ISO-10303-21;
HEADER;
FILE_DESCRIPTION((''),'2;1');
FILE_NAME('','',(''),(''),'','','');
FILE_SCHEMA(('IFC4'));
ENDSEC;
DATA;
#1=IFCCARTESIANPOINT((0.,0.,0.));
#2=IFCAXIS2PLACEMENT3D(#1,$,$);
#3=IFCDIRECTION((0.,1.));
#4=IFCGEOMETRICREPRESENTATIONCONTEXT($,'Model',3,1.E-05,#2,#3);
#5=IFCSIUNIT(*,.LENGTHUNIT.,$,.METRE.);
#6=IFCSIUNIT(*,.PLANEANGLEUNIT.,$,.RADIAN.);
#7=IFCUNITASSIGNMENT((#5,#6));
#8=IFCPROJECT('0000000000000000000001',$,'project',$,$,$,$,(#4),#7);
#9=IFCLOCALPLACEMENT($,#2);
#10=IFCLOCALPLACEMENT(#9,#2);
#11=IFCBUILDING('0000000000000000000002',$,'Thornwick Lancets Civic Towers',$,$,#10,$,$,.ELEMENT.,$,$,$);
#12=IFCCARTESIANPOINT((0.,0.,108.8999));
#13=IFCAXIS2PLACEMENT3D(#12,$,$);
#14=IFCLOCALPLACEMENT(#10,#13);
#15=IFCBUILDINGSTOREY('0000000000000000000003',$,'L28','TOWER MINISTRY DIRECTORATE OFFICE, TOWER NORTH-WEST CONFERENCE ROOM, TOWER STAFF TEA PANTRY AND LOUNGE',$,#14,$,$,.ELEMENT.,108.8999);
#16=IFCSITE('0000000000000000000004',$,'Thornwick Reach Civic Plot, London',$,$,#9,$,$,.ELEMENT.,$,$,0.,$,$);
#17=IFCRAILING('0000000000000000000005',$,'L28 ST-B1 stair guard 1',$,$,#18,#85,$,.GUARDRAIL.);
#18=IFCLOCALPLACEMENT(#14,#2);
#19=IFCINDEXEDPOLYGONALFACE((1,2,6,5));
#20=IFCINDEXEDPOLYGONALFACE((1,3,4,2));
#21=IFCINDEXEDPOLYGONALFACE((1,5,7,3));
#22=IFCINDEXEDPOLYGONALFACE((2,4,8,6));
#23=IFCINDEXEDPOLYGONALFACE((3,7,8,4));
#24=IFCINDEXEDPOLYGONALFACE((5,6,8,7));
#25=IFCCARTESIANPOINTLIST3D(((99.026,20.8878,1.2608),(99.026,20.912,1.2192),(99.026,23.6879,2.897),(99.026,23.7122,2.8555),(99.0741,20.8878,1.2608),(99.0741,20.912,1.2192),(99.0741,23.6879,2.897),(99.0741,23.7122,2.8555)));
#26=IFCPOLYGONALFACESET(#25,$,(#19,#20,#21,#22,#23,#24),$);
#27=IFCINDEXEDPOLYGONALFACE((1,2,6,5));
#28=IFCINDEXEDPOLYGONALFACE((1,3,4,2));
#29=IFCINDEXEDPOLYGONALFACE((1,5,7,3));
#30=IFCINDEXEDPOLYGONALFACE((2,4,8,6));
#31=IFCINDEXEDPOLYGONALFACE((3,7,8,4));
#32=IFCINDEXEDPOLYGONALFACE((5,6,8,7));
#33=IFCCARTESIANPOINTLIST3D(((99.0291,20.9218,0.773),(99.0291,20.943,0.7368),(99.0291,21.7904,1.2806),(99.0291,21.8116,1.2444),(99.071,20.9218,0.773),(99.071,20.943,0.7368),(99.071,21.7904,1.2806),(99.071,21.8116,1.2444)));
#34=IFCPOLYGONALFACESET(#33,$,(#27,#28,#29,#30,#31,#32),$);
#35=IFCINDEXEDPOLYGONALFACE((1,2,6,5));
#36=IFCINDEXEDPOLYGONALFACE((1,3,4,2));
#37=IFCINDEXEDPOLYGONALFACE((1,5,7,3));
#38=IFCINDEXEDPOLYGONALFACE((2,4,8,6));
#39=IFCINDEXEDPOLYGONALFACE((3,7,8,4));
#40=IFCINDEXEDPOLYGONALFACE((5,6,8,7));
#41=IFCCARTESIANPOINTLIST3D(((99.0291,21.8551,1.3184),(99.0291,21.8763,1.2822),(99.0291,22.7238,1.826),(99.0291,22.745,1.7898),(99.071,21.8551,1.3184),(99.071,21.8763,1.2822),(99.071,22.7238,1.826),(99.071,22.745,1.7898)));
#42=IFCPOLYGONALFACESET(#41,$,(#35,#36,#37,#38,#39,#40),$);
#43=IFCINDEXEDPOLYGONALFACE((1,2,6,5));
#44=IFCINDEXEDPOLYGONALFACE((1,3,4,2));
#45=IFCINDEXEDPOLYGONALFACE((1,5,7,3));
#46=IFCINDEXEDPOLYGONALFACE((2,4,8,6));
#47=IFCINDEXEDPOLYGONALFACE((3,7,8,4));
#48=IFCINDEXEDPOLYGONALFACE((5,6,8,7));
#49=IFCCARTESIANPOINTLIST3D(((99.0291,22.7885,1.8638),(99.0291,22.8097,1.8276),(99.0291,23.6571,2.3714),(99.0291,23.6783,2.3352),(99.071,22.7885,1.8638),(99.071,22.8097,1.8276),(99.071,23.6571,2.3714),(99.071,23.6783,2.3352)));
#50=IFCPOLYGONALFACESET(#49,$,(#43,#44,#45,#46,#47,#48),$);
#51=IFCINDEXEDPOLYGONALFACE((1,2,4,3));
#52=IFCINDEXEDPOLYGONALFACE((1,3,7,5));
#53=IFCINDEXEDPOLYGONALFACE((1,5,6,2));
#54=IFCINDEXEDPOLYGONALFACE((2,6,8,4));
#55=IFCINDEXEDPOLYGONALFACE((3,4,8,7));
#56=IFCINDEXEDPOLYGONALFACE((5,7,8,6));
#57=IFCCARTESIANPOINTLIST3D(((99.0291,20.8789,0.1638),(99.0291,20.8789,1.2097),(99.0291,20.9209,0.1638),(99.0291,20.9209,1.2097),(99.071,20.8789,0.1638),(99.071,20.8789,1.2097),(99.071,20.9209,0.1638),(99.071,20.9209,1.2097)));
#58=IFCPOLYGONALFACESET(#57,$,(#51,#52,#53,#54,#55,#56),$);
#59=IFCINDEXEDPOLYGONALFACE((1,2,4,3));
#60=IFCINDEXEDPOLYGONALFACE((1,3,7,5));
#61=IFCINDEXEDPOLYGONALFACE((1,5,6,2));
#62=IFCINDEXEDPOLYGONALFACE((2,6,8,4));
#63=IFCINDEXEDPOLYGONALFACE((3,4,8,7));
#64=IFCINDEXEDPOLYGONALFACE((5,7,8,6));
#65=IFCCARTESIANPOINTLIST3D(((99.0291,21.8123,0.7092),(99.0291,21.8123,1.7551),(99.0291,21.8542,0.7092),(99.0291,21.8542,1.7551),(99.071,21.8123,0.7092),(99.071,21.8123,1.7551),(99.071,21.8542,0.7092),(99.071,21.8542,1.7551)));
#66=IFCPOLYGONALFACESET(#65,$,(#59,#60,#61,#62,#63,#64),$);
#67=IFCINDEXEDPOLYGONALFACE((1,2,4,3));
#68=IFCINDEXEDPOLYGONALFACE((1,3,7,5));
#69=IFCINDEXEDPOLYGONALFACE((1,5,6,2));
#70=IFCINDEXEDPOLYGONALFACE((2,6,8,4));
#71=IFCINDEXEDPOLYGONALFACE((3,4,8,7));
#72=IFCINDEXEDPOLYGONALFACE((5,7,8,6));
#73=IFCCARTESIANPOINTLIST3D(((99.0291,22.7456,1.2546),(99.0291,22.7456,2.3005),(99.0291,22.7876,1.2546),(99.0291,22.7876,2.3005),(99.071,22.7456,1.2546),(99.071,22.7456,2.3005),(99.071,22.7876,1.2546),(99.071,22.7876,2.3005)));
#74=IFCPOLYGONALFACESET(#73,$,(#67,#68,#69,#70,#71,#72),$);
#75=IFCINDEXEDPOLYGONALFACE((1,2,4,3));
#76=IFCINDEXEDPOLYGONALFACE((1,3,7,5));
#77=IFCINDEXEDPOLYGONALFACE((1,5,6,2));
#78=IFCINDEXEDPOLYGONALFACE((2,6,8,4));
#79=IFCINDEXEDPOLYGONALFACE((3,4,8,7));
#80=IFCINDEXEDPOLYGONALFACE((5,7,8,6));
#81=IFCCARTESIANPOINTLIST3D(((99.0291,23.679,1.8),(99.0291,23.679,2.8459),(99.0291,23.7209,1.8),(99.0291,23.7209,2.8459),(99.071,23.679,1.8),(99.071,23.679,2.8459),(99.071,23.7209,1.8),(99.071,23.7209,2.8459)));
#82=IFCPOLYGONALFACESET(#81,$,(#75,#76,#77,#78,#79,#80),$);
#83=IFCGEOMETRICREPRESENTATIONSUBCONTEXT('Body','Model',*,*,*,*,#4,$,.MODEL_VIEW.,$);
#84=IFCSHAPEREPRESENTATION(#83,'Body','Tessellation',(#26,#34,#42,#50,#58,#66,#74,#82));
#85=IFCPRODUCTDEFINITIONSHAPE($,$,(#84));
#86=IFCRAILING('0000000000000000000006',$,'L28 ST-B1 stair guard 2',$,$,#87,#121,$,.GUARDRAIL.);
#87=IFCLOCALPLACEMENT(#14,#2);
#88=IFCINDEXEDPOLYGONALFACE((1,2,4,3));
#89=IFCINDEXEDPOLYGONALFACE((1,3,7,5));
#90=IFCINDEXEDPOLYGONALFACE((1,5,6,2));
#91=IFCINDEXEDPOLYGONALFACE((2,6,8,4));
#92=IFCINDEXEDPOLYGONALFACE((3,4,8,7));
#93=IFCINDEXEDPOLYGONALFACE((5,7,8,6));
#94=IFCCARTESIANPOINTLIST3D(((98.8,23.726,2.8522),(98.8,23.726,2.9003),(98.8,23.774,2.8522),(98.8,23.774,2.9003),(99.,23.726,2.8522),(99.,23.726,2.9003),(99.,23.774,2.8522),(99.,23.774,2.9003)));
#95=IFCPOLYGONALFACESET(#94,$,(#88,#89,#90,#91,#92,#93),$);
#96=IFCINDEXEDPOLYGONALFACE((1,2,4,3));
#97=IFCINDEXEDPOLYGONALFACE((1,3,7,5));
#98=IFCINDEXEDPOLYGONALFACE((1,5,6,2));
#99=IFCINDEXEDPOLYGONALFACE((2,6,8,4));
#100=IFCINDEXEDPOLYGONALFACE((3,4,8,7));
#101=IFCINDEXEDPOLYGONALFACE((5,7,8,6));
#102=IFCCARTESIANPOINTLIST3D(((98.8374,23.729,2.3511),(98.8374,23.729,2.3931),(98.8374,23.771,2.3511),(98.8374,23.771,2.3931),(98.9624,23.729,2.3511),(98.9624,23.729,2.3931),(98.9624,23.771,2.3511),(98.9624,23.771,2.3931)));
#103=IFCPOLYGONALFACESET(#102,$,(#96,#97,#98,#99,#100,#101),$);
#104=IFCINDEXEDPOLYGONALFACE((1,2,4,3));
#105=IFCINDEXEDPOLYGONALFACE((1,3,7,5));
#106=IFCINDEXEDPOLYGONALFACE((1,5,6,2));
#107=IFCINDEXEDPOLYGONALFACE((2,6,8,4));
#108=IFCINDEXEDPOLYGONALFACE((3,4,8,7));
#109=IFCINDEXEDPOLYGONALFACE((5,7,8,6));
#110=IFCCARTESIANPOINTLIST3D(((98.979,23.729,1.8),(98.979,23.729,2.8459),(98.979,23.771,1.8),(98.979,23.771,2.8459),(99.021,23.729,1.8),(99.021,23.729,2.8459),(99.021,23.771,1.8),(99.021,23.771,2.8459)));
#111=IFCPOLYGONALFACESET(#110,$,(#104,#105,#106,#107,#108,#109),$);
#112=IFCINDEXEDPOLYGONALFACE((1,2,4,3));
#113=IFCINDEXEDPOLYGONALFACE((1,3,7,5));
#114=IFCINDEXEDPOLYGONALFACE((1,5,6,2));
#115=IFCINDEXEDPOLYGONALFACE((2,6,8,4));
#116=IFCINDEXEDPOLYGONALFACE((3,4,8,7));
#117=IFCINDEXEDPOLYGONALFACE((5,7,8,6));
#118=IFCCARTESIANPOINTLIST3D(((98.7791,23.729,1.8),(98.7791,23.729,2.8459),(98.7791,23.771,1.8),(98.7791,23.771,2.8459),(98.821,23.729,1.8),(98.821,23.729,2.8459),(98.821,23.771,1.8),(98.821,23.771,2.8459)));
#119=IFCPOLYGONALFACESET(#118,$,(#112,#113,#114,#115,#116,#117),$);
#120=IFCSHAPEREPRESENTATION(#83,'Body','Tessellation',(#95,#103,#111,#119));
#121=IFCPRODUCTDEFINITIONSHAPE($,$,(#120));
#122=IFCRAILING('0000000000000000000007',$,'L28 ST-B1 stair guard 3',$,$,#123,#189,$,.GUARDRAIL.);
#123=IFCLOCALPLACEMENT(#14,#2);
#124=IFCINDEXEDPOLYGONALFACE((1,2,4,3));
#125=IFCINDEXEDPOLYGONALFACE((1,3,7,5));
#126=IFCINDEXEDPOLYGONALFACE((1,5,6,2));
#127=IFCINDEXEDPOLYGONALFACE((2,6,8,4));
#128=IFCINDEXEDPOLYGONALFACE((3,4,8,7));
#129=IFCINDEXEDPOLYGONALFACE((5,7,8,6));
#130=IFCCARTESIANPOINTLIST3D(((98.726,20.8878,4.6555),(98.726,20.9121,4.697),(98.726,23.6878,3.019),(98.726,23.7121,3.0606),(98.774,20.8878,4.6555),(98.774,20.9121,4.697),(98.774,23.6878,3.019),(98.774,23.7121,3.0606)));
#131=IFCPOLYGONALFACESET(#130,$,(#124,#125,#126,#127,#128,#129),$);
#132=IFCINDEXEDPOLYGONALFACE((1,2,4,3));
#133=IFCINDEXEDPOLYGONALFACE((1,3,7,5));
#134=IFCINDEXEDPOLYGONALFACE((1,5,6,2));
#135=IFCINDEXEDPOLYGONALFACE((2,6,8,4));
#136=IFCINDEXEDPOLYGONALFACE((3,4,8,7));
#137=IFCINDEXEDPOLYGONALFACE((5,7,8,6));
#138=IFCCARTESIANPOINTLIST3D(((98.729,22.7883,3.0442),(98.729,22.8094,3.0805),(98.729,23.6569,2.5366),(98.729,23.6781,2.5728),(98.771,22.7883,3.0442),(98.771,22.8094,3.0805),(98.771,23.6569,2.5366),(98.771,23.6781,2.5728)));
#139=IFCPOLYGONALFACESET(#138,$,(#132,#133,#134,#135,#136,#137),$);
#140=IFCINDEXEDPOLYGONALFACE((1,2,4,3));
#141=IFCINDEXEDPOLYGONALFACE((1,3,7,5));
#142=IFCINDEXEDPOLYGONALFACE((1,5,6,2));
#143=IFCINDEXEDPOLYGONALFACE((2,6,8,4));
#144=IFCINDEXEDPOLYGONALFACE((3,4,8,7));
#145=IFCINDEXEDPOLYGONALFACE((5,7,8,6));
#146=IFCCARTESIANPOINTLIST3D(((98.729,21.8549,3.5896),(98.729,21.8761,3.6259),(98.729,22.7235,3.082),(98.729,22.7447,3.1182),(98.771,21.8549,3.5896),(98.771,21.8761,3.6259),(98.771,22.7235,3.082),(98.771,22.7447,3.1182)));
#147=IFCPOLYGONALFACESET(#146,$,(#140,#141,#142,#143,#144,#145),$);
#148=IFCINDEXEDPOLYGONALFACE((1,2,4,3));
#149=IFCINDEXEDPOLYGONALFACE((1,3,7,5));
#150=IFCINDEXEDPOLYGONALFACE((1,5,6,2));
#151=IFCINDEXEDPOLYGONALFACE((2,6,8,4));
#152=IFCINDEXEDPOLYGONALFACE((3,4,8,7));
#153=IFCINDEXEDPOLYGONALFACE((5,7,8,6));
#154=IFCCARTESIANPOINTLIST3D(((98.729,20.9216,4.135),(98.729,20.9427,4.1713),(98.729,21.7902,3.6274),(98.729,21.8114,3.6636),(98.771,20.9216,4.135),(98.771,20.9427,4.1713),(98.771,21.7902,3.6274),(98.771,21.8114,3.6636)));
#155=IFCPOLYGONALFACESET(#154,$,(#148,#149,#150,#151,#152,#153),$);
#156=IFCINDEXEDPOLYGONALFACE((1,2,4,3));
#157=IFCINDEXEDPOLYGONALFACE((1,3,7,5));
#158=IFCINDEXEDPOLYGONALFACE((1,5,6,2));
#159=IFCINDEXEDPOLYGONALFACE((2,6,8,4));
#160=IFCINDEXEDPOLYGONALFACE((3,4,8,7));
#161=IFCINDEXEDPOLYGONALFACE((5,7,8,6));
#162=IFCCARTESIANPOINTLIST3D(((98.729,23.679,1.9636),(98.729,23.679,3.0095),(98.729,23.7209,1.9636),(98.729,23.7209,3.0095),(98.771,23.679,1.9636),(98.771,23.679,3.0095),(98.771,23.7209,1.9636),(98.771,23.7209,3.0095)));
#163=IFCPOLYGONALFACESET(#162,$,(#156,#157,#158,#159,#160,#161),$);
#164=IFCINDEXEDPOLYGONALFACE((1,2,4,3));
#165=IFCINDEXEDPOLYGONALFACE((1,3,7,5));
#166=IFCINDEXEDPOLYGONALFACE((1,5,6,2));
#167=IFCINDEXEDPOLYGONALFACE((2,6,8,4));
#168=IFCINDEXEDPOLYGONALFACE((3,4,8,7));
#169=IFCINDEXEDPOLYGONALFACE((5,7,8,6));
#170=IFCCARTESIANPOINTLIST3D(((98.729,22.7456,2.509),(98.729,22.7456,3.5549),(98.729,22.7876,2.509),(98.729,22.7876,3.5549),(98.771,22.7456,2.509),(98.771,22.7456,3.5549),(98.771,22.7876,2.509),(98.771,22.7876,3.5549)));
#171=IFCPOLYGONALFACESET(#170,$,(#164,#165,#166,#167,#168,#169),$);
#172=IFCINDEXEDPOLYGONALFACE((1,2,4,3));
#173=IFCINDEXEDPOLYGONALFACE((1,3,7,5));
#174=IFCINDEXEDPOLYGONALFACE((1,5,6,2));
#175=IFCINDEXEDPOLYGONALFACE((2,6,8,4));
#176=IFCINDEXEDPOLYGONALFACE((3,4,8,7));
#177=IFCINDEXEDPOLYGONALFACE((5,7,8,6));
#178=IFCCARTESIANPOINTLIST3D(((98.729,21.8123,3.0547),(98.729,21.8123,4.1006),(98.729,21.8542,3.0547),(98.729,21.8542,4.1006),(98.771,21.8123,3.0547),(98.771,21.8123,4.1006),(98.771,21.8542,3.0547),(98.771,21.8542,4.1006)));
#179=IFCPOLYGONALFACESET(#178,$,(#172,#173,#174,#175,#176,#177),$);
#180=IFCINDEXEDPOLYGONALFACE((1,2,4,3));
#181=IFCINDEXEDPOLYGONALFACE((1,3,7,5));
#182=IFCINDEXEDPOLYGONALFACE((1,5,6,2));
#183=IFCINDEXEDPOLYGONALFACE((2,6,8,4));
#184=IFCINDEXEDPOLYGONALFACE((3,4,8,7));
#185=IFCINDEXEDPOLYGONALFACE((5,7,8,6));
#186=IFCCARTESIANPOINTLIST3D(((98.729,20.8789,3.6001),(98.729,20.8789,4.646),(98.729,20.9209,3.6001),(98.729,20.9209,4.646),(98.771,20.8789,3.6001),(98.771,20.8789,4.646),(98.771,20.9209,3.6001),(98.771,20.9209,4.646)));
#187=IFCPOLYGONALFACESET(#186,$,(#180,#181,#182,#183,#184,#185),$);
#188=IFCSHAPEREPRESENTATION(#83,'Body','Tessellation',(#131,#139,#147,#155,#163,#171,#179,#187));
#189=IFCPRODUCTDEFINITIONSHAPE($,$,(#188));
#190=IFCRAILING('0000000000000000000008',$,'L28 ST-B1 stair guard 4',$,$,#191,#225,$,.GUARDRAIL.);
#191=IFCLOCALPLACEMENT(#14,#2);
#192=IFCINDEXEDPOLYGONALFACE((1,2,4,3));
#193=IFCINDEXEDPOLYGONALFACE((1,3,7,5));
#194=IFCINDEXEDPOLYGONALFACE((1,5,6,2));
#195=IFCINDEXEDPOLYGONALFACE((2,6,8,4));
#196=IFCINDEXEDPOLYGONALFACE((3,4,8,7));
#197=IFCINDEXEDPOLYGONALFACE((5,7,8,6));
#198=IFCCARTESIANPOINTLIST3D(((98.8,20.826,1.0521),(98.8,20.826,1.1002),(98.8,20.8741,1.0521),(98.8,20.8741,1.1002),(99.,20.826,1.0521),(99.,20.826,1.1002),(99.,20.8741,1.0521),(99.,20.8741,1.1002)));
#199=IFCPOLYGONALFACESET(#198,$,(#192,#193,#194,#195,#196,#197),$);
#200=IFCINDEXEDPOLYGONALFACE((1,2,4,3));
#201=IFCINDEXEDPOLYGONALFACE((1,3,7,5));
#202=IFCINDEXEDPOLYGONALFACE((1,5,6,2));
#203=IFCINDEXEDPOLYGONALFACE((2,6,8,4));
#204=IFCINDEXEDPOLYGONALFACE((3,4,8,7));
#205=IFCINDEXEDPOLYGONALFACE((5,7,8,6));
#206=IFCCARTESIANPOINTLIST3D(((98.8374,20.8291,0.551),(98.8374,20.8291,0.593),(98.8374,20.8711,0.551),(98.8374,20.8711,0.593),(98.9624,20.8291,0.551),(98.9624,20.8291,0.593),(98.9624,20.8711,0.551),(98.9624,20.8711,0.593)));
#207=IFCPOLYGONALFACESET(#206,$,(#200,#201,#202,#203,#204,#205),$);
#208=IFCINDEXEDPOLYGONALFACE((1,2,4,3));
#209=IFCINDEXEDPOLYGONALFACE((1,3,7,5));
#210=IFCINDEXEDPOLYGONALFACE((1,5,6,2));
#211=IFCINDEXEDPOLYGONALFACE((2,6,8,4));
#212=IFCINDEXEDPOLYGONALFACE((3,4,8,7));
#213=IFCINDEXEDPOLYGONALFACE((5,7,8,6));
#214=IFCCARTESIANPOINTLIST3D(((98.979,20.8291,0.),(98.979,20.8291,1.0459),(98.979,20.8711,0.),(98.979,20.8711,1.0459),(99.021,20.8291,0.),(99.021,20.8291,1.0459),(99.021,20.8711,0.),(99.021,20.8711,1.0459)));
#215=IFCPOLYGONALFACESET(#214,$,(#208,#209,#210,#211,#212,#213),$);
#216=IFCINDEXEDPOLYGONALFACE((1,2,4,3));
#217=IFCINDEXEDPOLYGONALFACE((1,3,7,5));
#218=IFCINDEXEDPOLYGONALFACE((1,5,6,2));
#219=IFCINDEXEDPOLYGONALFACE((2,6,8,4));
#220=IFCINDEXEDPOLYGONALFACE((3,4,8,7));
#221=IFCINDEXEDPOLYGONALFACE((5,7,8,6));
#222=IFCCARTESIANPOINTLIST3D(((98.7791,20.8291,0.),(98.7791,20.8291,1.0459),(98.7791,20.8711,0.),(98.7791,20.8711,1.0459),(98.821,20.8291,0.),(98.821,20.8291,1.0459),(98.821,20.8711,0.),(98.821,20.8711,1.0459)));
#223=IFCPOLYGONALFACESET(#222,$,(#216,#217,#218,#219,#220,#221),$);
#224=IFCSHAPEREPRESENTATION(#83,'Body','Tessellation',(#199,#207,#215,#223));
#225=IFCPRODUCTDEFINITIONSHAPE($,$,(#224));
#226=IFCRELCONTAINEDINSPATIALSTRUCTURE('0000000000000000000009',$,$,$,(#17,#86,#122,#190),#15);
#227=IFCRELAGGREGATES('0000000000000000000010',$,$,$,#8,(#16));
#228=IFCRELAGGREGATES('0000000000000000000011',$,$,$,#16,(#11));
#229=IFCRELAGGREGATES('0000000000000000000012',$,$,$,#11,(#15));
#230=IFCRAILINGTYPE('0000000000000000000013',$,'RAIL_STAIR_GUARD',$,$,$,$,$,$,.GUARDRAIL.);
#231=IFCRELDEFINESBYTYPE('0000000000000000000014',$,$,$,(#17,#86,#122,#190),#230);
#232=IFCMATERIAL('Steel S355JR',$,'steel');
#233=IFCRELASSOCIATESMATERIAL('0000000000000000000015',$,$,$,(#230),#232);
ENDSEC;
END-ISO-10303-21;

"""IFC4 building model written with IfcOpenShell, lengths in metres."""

from ifc_helpers import new_model, si_unit, direction, frame, origin, origin_2d, place, context, subcontext, project, spatial, rectangle, extrude, material, type_object, element, save


model = new_model("IFC4")

# Units and contexts
model_context = context("Model", 3, precision=1e-05, world=origin(), true_north=direction((0.0, 1.0)))
body_context = subcontext(model_context, "Body", "Model", "MODEL_VIEW")
ifc_project = project(units=[si_unit("LENGTHUNIT", "METRE"), si_unit("PLANEANGLEUNIT", "RADIAN")], contexts=[model_context])

# Site, building, storey
site_placement = place(None, origin())
site = spatial("IfcSite", under=ifc_project, at=site_placement, Name="Thornwick Reach Civic Plot, London", CompositionType="ELEMENT", RefElevation=0.0)
building_placement = place(site_placement, origin())
building = spatial("IfcBuilding", under=site, at=building_placement, Name="Thornwick Lancets Civic Towers", CompositionType="ELEMENT")
storey_placement = place(building_placement, frame((0.0, 0.0, 108.8999)))
storey = spatial("IfcBuildingStorey", under=building, at=storey_placement, Name="L28", Description="TOWER MINISTRY DIRECTORATE OFFICE, TOWER NORTH-WEST CONFERENCE ROOM, TOWER STAFF TEA PANTRY AND LOUNGE", CompositionType="ELEMENT", Elevation=108.8999)

# Railings
ifc_material_1 = material(Name="Steel S355JR", Category="steel")
railing_type_1 = type_object("IfcRailingType", Name="RAIL_STAIR_GUARD", PredefinedType="GUARDRAIL", material=ifc_material_1)
railing_1_placement = place(storey_placement, frame((99.05, 20.8999, 0.1638)))
element("IfcRailing", 1, at=railing_1_placement, inside=storey, type_object=railing_type_1, Name="L28 ST-B1 stair guard 1", PredefinedType="GUARDRAIL", context=body_context, shape_type="SweptSolid", body=[
    extrude(rectangle(XDim=0.0481, YDim=0.0481, at=origin_2d()), frame((0.0, 0.0, 1.0762), z_axis=(0.0, 0.863394, 0.504531), x_axis=(-1.0, 0.0, 0.0)), (0.0, 0.0, 1.0), 3.2432),
    extrude(rectangle(XDim=0.042, YDim=0.042, at=origin_2d()), frame((0.0, 0.0325, 0.5911), z_axis=(0.0, 0.863394, 0.504531), x_axis=(-1.0, 0.0, 0.0)), (0.0, 0.0, 1.0), 1.0061),
    extrude(rectangle(XDim=0.042, YDim=0.042, at=origin_2d()), frame((0.0, 0.9658, 1.1365), z_axis=(0.0, 0.863394, 0.504531), x_axis=(-1.0, 0.0, 0.0)), (0.0, 0.0, 1.0), 1.0061),
    extrude(rectangle(XDim=0.042, YDim=0.042, at=origin_2d()), frame((0.0, 1.8992, 1.6819), z_axis=(0.0, 0.863394, 0.504531), x_axis=(-1.0, 0.0, 0.0)), (0.0, 0.0, 1.0), 1.0061),
    extrude(rectangle(XDim=0.042, YDim=0.042, at=origin_2d()), origin(), (0.0, 0.0, 1.0), 1.0459),
    extrude(rectangle(XDim=0.042, YDim=0.042, at=origin_2d()), frame((0.0, 0.9333, 0.5454)), (0.0, 0.0, 1.0), 1.0459),
    extrude(rectangle(XDim=0.042, YDim=0.042, at=origin_2d()), frame((0.0, 1.8667, 1.0908)), (0.0, 0.0, 1.0), 1.0459),
    extrude(rectangle(XDim=0.042, YDim=0.042, at=origin_2d()), frame((0.0, 2.8, 1.6362)), (0.0, 0.0, 1.0), 1.0459),
])
railing_2_placement = place(storey_placement, frame((99.0, 23.75, 1.8)))
element("IfcRailing", 2, at=railing_2_placement, inside=storey, type_object=railing_type_1, Name="L28 ST-B1 stair guard 2", PredefinedType="GUARDRAIL", context=body_context, shape_type="SweptSolid", body=[
    extrude(rectangle(XDim=0.0481, YDim=0.0481, at=origin_2d()), frame((0.0, 0.0, 1.0762), z_axis=(-1.0, 0.0, 0.0), x_axis=(0.0, -1.0, 0.0)), (0.0, 0.0, 1.0), 0.2),
    extrude(rectangle(XDim=0.042, YDim=0.042, at=origin_2d()), frame((-0.0376, 0.0, 0.572), z_axis=(-1.0, 0.0, 0.0), x_axis=(0.0, -1.0, 0.0)), (0.0, 0.0, 1.0), 0.125),
    extrude(rectangle(XDim=0.042, YDim=0.042, at=origin_2d()), origin(), (0.0, 0.0, 1.0), 1.0459),
    extrude(rectangle(XDim=0.042, YDim=0.042, at=origin_2d()), frame((-0.2, 0.0, 0.0)), (0.0, 0.0, 1.0), 1.0459),
])
railing_3_placement = place(storey_placement, frame((98.75, 23.7, 1.9636)))
element("IfcRailing", 3, at=railing_3_placement, inside=storey, type_object=railing_type_1, Name="L28 ST-B1 stair guard 3", PredefinedType="GUARDRAIL", context=body_context, shape_type="SweptSolid", body=[
    extrude(rectangle(XDim=0.0481, YDim=0.0481, at=origin_2d()), frame((0.0, 0.0, 1.0762), z_axis=(0.0, -0.863361, 0.504587), x_axis=(1.0, 0.0, 0.0)), (0.0, 0.0, 1.0), 3.2432),
    extrude(rectangle(XDim=0.042, YDim=0.042, at=origin_2d()), frame((0.0, -0.0325, 0.5911), z_axis=(0.0, -0.863361, 0.504587), x_axis=(1.0, 0.0, 0.0)), (0.0, 0.0, 1.0), 1.0061),
    extrude(rectangle(XDim=0.042, YDim=0.042, at=origin_2d()), frame((0.0, -0.9658, 1.1365), z_axis=(0.0, -0.863361, 0.504587), x_axis=(1.0, 0.0, 0.0)), (0.0, 0.0, 1.0), 1.0061),
    extrude(rectangle(XDim=0.042, YDim=0.042, at=origin_2d()), frame((0.0, -1.8992, 1.6819), z_axis=(0.0, -0.863361, 0.504587), x_axis=(1.0, 0.0, 0.0)), (0.0, 0.0, 1.0), 1.0061),
    extrude(rectangle(XDim=0.042, YDim=0.042, at=origin_2d()), origin(), (0.0, 0.0, 1.0), 1.0459),
    extrude(rectangle(XDim=0.042, YDim=0.042, at=origin_2d()), frame((0.0, -0.9333, 0.5454)), (0.0, 0.0, 1.0), 1.0459),
    extrude(rectangle(XDim=0.042, YDim=0.042, at=origin_2d()), frame((0.0, -1.8667, 1.0911)), (0.0, 0.0, 1.0), 1.0459),
    extrude(rectangle(XDim=0.042, YDim=0.042, at=origin_2d()), frame((0.0, -2.8, 1.6365)), (0.0, 0.0, 1.0), 1.0459),
])
railing_4_placement = place(storey_placement, frame((99.0, 20.8501, 0.0)))
element("IfcRailing", 4, at=railing_4_placement, inside=storey, type_object=railing_type_1, Name="L28 ST-B1 stair guard 4", PredefinedType="GUARDRAIL", context=body_context, shape_type="SweptSolid", body=[
    extrude(rectangle(XDim=0.0481, YDim=0.0481, at=origin_2d()), frame((0.0, 0.0, 1.0762), z_axis=(-1.0, 0.0, 0.0), x_axis=(0.0, -1.0, 0.0)), (0.0, 0.0, 1.0), 0.2),
    extrude(rectangle(XDim=0.042, YDim=0.042, at=origin_2d()), frame((-0.0376, 0.0, 0.572), z_axis=(-1.0, 0.0, 0.0), x_axis=(0.0, -1.0, 0.0)), (0.0, 0.0, 1.0), 0.125),
    extrude(rectangle(XDim=0.042, YDim=0.042, at=origin_2d()), origin(), (0.0, 0.0, 1.0), 1.0459),
    extrude(rectangle(XDim=0.042, YDim=0.042, at=origin_2d()), frame((-0.2, 0.0, 0.0)), (0.0, 0.0, 1.0), 1.0459),
])

save(model, "model.ifc")
